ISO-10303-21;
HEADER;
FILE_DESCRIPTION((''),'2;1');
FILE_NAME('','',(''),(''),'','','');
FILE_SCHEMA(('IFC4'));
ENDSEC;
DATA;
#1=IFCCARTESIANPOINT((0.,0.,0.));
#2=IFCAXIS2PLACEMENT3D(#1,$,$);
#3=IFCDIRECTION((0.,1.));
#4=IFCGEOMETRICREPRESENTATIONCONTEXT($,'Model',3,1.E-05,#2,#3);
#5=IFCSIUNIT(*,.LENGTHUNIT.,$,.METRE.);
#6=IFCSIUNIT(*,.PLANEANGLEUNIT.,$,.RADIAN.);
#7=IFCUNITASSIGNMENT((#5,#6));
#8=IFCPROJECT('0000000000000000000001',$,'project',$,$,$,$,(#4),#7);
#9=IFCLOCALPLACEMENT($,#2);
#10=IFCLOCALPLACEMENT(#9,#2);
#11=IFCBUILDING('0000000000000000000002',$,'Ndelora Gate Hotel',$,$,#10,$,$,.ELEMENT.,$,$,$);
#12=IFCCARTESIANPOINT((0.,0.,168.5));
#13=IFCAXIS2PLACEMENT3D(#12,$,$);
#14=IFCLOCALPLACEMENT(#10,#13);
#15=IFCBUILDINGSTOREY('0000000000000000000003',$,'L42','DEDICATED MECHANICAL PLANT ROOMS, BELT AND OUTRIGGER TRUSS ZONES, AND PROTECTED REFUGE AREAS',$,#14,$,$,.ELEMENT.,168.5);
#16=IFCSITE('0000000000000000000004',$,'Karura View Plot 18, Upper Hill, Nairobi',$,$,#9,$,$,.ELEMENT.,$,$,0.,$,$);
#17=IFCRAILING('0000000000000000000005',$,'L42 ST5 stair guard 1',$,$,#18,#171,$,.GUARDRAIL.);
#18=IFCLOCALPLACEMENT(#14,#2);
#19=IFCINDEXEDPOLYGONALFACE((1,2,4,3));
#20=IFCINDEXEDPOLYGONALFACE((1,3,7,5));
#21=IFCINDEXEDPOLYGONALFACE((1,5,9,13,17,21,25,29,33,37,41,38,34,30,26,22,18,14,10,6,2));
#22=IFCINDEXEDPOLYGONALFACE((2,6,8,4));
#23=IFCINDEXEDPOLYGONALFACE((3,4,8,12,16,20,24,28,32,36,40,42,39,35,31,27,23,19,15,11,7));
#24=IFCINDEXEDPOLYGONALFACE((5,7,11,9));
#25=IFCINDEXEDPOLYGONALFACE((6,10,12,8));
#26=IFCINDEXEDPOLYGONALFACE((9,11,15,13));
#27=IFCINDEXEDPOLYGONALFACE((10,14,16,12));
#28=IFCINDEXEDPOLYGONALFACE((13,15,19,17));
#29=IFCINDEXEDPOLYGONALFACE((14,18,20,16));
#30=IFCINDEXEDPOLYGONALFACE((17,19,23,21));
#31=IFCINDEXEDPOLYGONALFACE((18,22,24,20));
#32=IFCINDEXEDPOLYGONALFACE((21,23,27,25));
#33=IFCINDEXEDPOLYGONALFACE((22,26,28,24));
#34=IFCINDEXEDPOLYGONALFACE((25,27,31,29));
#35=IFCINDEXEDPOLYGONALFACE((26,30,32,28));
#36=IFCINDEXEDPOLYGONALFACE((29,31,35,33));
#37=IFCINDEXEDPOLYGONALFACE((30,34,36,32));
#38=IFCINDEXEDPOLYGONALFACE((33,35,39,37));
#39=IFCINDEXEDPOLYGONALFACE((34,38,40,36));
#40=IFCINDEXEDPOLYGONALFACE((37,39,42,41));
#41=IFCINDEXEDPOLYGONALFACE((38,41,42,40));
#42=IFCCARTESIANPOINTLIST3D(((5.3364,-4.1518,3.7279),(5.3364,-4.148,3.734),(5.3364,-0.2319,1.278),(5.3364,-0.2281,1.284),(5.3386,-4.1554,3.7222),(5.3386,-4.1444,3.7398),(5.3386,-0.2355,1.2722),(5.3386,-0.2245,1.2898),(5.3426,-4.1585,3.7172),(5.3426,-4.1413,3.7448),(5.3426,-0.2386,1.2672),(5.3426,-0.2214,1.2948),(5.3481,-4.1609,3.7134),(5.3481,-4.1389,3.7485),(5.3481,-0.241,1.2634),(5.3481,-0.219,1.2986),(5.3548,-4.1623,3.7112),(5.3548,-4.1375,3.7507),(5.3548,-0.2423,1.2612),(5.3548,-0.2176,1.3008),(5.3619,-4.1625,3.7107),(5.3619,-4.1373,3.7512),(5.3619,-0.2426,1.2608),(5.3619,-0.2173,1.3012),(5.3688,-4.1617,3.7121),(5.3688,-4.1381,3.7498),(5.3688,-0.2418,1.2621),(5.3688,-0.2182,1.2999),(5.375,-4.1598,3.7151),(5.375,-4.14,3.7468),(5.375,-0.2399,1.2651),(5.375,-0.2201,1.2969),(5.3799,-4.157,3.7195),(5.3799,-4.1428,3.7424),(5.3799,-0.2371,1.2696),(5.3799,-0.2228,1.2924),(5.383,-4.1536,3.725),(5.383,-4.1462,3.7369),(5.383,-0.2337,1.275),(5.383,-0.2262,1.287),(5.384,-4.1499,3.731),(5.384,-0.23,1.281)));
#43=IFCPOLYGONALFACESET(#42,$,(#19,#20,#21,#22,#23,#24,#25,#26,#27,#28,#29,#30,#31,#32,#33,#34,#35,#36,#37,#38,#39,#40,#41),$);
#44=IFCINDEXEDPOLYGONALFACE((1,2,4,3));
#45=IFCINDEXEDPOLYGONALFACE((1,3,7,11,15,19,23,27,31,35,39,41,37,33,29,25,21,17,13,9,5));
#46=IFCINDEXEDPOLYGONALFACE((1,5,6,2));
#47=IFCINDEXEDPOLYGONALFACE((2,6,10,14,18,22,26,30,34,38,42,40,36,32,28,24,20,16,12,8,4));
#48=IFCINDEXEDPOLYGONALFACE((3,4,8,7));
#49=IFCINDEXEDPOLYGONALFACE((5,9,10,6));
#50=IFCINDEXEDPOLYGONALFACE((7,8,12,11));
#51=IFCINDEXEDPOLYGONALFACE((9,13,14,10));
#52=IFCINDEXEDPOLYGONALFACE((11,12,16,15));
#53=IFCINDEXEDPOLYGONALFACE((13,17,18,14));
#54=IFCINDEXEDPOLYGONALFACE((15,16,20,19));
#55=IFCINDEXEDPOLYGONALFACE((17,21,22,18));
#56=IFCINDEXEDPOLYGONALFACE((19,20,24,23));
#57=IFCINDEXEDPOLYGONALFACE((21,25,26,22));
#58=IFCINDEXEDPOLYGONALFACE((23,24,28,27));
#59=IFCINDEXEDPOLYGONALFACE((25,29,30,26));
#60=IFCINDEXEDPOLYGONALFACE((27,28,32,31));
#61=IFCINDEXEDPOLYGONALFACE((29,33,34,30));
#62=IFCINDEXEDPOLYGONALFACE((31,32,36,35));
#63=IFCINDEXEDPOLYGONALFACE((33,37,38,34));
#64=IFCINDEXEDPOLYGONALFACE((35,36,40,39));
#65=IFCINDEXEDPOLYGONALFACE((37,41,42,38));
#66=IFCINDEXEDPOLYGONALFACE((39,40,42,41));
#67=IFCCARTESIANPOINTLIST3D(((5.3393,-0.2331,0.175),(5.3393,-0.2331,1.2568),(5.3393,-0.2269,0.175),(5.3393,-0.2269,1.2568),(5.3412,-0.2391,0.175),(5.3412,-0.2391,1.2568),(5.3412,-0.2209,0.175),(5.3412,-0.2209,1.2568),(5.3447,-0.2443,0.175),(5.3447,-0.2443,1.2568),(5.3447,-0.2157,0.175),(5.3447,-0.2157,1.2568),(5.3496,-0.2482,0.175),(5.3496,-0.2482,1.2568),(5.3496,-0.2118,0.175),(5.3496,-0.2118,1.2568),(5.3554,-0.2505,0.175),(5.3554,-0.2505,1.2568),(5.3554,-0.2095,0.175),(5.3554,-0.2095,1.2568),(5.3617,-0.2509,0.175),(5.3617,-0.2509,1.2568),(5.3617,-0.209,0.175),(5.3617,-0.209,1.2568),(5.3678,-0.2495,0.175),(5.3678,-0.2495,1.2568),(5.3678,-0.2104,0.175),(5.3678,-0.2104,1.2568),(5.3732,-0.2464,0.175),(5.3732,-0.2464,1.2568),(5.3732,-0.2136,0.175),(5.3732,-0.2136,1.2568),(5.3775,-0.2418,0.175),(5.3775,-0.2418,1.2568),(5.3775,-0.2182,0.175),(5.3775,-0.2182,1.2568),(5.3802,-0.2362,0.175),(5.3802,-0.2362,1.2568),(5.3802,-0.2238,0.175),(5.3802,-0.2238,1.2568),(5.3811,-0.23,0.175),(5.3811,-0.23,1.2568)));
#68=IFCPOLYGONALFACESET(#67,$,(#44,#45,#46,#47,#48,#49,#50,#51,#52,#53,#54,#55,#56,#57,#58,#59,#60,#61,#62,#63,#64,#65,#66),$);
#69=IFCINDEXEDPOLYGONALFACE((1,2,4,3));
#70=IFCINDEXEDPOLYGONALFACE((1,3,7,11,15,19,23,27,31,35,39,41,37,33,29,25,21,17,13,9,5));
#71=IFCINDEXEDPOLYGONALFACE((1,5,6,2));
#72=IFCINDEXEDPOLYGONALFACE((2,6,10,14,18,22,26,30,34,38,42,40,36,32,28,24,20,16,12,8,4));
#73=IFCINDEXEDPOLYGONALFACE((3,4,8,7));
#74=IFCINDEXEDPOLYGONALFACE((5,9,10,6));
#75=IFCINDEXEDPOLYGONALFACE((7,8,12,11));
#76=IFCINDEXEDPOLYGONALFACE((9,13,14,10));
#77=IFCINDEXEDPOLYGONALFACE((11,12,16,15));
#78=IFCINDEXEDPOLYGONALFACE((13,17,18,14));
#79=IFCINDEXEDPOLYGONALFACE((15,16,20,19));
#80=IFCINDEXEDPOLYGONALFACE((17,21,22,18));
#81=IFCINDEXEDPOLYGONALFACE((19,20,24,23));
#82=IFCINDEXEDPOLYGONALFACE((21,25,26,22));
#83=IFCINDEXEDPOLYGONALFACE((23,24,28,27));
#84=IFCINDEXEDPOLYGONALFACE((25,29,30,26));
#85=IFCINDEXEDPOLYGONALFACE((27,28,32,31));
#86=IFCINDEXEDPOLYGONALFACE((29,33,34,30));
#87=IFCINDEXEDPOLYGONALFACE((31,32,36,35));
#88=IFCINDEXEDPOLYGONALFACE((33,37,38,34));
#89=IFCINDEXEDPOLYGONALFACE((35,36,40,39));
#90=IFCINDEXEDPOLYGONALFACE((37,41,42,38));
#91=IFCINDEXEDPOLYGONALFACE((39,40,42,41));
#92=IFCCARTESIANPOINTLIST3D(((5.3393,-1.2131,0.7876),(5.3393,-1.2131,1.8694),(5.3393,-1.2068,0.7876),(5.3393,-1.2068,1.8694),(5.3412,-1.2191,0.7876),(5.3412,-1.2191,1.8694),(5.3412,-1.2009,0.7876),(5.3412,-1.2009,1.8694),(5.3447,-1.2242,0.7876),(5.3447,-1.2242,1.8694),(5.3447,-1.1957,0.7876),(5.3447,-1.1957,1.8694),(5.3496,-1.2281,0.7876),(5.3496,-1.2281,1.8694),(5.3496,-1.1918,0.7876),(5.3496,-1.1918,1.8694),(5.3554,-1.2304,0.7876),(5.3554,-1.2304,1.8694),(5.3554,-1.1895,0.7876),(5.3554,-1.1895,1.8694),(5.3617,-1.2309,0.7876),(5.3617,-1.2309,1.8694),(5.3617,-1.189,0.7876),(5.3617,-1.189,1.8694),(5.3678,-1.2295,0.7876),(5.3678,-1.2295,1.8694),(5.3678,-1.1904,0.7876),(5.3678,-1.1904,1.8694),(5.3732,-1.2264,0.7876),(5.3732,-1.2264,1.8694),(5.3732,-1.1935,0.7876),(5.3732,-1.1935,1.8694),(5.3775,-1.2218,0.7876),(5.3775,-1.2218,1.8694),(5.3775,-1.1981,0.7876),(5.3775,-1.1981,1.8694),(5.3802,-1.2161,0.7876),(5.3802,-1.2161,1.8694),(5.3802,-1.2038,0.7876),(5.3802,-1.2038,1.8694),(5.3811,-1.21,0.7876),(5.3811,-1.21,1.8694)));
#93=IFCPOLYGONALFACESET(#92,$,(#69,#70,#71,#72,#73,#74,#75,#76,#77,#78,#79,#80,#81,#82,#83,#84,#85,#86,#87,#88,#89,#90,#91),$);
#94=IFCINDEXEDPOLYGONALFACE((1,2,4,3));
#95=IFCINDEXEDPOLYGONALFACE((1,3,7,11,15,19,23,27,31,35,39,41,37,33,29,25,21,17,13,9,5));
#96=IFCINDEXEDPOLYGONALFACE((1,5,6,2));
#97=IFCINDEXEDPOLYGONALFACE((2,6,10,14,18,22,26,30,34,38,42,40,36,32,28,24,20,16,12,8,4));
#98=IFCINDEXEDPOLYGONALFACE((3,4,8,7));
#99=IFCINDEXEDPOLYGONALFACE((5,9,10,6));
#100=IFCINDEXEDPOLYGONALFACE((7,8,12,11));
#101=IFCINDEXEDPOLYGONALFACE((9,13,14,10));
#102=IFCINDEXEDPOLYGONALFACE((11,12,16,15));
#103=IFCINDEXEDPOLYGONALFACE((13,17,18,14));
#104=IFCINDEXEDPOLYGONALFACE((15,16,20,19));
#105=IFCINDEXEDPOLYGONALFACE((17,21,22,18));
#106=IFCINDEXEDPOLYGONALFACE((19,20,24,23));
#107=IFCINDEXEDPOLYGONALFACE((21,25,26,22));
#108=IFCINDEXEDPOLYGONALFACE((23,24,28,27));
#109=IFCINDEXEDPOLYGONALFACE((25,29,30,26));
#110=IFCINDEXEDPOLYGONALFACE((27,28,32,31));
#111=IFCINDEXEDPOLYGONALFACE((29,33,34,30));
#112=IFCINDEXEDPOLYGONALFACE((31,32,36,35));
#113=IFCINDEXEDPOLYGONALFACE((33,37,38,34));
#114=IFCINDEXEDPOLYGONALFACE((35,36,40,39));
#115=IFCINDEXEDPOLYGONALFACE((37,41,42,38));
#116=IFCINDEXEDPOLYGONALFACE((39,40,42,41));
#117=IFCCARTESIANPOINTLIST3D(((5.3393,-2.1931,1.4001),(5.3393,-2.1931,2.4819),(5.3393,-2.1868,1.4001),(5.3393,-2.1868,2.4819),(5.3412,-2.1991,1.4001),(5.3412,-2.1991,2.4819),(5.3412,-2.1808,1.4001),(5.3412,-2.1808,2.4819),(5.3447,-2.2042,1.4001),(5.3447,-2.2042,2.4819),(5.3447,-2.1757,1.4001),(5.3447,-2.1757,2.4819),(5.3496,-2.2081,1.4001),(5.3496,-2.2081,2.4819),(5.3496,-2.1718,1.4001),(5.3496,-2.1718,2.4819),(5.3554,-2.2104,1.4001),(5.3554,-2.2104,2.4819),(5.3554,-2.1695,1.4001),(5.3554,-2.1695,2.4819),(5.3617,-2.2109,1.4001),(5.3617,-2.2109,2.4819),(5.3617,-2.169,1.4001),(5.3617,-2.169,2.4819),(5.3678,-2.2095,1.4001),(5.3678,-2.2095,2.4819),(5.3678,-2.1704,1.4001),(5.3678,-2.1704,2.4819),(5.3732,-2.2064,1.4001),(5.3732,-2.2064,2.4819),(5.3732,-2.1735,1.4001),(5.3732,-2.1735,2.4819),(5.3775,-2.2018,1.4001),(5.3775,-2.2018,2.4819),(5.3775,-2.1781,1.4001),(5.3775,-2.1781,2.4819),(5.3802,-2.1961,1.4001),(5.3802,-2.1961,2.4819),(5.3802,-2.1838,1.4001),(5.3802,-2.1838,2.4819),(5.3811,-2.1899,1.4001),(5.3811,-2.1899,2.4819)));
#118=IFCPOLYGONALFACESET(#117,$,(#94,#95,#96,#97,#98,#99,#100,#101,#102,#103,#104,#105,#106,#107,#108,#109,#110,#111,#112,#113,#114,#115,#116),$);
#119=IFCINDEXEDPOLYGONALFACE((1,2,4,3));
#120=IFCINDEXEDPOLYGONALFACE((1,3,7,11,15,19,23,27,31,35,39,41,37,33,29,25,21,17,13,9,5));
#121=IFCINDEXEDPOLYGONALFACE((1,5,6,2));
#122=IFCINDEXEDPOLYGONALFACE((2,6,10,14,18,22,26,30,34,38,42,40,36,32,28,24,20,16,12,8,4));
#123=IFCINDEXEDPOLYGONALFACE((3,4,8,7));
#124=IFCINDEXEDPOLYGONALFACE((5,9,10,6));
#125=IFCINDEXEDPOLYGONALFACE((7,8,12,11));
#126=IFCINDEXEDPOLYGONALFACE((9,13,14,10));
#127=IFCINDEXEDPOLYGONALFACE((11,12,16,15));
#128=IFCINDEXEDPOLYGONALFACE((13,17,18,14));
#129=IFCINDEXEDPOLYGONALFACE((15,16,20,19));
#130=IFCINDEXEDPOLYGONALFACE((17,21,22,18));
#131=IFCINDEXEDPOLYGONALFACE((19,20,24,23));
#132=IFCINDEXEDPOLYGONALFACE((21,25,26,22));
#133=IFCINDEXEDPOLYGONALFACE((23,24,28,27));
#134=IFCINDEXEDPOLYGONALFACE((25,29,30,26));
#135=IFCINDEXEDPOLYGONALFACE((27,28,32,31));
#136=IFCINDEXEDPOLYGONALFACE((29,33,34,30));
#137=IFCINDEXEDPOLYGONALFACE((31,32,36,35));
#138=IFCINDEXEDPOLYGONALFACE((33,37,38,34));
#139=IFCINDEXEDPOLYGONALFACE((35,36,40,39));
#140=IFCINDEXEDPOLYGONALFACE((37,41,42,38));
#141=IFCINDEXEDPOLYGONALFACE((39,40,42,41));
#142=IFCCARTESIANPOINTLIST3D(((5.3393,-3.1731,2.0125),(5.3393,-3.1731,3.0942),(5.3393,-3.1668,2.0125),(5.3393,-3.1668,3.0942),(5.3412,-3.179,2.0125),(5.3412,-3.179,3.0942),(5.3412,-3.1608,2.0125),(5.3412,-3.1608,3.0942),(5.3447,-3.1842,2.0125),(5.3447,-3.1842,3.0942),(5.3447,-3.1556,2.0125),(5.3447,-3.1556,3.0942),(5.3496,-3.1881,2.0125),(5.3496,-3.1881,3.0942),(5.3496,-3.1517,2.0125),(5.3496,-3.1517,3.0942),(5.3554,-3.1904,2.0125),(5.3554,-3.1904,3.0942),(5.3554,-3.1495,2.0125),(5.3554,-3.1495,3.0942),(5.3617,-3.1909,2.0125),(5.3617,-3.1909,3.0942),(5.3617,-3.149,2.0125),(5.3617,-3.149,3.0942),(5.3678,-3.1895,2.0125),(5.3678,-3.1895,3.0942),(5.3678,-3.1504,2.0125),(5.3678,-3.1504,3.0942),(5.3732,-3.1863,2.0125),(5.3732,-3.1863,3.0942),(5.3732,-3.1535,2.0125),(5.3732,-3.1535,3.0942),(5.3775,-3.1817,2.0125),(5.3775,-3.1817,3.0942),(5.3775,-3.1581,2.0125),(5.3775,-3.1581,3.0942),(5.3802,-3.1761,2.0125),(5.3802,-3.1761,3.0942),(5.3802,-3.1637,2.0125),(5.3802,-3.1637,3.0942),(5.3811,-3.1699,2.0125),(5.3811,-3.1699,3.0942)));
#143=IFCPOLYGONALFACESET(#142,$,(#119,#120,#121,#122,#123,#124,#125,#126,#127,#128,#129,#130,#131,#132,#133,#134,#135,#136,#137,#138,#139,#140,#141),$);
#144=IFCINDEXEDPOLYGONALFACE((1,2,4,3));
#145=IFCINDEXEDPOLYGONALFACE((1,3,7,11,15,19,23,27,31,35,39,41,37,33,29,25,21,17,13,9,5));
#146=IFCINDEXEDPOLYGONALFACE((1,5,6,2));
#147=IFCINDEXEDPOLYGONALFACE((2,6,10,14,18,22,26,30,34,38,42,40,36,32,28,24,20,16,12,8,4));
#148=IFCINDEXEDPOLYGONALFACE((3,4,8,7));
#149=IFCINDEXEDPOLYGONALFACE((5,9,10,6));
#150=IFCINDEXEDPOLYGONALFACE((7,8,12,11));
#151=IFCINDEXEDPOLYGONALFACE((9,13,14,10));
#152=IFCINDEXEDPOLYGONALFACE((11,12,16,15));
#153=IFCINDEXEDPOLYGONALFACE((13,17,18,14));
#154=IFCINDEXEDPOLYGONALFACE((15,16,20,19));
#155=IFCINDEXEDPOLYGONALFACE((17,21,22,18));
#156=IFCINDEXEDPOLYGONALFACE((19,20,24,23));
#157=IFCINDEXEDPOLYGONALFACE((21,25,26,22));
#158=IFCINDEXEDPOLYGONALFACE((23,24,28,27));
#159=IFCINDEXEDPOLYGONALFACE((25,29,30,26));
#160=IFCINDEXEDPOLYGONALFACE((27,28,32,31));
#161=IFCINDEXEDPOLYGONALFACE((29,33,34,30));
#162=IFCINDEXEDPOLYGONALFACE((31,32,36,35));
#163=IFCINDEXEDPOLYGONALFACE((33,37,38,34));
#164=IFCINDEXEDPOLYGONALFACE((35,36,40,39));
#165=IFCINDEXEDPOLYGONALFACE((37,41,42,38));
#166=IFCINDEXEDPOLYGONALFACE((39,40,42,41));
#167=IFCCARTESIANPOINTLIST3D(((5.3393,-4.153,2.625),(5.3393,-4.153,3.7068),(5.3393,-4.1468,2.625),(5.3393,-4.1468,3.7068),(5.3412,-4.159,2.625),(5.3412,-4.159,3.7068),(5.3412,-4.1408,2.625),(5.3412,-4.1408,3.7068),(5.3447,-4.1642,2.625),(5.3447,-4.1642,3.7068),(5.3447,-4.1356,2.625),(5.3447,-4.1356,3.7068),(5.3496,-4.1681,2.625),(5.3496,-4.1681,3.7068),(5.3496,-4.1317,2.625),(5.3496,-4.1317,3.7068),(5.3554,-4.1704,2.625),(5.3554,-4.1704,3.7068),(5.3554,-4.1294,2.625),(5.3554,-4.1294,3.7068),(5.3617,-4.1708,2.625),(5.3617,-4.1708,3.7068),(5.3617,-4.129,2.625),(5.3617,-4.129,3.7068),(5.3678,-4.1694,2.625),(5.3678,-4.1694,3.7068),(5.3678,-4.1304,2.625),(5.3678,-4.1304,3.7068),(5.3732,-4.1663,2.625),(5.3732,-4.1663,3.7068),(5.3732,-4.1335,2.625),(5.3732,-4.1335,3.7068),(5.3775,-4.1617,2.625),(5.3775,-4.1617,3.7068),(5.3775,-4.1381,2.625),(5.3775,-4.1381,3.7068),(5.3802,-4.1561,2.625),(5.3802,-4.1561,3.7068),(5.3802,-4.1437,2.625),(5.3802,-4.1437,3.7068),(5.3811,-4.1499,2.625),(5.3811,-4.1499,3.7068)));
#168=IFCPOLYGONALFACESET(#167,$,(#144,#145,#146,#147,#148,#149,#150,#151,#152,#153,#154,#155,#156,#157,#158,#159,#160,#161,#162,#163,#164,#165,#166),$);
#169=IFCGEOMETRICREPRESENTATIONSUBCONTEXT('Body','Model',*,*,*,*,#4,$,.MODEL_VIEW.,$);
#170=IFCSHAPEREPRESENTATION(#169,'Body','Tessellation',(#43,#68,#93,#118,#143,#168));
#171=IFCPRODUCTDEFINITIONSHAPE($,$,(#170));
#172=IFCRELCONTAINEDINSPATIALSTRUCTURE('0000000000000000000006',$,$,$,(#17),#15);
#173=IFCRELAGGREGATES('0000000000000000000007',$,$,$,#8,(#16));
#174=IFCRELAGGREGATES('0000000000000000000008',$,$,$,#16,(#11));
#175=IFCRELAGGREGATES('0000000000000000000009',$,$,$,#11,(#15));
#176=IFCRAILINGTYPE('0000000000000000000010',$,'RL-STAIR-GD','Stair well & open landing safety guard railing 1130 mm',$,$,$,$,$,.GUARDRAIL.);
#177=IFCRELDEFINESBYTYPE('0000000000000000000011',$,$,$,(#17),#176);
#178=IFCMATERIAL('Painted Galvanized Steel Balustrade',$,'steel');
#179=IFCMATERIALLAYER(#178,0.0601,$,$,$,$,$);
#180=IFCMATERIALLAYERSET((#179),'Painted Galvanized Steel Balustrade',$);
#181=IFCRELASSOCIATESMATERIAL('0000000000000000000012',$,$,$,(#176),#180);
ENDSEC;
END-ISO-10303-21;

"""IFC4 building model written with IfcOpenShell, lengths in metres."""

from ifc_helpers import new_model, si_unit, direction, frame, origin, origin_2d, place, context, subcontext, project, spatial, circle, extrude, material, layer, layer_set, type_object, element, save


model = new_model("IFC4")

# Units and contexts
model_context = context("Model", 3, precision=1e-05, world=origin(), true_north=direction((0.0, 1.0)))
body_context = subcontext(model_context, "Body", "Model", "MODEL_VIEW")
ifc_project = project(units=[si_unit("LENGTHUNIT", "METRE"), si_unit("PLANEANGLEUNIT", "RADIAN")], contexts=[model_context])

# Site, building, storey
site_placement = place(None, origin())
site = spatial("IfcSite", under=ifc_project, at=site_placement, Name="Karura View Plot 18, Upper Hill, Nairobi", CompositionType="ELEMENT", RefElevation=0.0)
building_placement = place(site_placement, origin())
building = spatial("IfcBuilding", under=site, at=building_placement, Name="Ndelora Gate Hotel", CompositionType="ELEMENT")
storey_placement = place(building_placement, frame((0.0, 0.0, 168.5)))
storey = spatial("IfcBuildingStorey", under=building, at=storey_placement, Name="L42", Description="DEDICATED MECHANICAL PLANT ROOMS, BELT AND OUTRIGGER TRUSS ZONES, AND PROTECTED REFUGE AREAS", CompositionType="ELEMENT", Elevation=168.5)

# Railing
ifc_material_1 = material(Name="Painted Galvanized Steel Balustrade", Category="steel")
ifc_layer_1 = layer(ifc_material_1, 0.0601)
ifc_layer_set_1 = layer_set([ifc_layer_1], Name="Painted Galvanized Steel Balustrade")
railing_type_1 = type_object("IfcRailingType", Name="RL-STAIR-GD", Description="Stair well & open landing safety guard railing 1130 mm", PredefinedType="GUARDRAIL", material=ifc_layer_set_1)
railing_1_placement = place(storey_placement, frame((5.3601, -0.23, 0.175)))
element("IfcRailing", 1, at=railing_1_placement, inside=storey, type_object=railing_type_1, Name="L42 ST5 stair guard 1", PredefinedType="GUARDRAIL", context=body_context, shape_type="SweptSolid", body=[
    extrude(circle(Radius=0.0239, at=origin_2d()), frame((0.0, 0.0, 1.106), z_axis=(0.0, -0.847998, 0.529999), x_axis=(1.0, 0.0, 0.0)), (0.0, 0.0, 1.0), 4.6226),
    extrude(circle(Radius=0.021, at=origin_2d()), origin(), (0.0, 0.0, 1.0), 1.0818),
    extrude(circle(Radius=0.021, at=origin_2d()), frame((0.0, -0.98, 0.6125)), (0.0, 0.0, 1.0), 1.0818),
    extrude(circle(Radius=0.021, at=origin_2d()), frame((0.0, -1.96, 1.2251)), (0.0, 0.0, 1.0), 1.0818),
    extrude(circle(Radius=0.021, at=origin_2d()), frame((0.0, -2.9399, 1.8374)), (0.0, 0.0, 1.0), 1.0818),
    extrude(circle(Radius=0.021, at=origin_2d()), frame((0.0, -3.9199, 2.45)), (0.0, 0.0, 1.0), 1.0818),
])

save(model, "model.ifc")
